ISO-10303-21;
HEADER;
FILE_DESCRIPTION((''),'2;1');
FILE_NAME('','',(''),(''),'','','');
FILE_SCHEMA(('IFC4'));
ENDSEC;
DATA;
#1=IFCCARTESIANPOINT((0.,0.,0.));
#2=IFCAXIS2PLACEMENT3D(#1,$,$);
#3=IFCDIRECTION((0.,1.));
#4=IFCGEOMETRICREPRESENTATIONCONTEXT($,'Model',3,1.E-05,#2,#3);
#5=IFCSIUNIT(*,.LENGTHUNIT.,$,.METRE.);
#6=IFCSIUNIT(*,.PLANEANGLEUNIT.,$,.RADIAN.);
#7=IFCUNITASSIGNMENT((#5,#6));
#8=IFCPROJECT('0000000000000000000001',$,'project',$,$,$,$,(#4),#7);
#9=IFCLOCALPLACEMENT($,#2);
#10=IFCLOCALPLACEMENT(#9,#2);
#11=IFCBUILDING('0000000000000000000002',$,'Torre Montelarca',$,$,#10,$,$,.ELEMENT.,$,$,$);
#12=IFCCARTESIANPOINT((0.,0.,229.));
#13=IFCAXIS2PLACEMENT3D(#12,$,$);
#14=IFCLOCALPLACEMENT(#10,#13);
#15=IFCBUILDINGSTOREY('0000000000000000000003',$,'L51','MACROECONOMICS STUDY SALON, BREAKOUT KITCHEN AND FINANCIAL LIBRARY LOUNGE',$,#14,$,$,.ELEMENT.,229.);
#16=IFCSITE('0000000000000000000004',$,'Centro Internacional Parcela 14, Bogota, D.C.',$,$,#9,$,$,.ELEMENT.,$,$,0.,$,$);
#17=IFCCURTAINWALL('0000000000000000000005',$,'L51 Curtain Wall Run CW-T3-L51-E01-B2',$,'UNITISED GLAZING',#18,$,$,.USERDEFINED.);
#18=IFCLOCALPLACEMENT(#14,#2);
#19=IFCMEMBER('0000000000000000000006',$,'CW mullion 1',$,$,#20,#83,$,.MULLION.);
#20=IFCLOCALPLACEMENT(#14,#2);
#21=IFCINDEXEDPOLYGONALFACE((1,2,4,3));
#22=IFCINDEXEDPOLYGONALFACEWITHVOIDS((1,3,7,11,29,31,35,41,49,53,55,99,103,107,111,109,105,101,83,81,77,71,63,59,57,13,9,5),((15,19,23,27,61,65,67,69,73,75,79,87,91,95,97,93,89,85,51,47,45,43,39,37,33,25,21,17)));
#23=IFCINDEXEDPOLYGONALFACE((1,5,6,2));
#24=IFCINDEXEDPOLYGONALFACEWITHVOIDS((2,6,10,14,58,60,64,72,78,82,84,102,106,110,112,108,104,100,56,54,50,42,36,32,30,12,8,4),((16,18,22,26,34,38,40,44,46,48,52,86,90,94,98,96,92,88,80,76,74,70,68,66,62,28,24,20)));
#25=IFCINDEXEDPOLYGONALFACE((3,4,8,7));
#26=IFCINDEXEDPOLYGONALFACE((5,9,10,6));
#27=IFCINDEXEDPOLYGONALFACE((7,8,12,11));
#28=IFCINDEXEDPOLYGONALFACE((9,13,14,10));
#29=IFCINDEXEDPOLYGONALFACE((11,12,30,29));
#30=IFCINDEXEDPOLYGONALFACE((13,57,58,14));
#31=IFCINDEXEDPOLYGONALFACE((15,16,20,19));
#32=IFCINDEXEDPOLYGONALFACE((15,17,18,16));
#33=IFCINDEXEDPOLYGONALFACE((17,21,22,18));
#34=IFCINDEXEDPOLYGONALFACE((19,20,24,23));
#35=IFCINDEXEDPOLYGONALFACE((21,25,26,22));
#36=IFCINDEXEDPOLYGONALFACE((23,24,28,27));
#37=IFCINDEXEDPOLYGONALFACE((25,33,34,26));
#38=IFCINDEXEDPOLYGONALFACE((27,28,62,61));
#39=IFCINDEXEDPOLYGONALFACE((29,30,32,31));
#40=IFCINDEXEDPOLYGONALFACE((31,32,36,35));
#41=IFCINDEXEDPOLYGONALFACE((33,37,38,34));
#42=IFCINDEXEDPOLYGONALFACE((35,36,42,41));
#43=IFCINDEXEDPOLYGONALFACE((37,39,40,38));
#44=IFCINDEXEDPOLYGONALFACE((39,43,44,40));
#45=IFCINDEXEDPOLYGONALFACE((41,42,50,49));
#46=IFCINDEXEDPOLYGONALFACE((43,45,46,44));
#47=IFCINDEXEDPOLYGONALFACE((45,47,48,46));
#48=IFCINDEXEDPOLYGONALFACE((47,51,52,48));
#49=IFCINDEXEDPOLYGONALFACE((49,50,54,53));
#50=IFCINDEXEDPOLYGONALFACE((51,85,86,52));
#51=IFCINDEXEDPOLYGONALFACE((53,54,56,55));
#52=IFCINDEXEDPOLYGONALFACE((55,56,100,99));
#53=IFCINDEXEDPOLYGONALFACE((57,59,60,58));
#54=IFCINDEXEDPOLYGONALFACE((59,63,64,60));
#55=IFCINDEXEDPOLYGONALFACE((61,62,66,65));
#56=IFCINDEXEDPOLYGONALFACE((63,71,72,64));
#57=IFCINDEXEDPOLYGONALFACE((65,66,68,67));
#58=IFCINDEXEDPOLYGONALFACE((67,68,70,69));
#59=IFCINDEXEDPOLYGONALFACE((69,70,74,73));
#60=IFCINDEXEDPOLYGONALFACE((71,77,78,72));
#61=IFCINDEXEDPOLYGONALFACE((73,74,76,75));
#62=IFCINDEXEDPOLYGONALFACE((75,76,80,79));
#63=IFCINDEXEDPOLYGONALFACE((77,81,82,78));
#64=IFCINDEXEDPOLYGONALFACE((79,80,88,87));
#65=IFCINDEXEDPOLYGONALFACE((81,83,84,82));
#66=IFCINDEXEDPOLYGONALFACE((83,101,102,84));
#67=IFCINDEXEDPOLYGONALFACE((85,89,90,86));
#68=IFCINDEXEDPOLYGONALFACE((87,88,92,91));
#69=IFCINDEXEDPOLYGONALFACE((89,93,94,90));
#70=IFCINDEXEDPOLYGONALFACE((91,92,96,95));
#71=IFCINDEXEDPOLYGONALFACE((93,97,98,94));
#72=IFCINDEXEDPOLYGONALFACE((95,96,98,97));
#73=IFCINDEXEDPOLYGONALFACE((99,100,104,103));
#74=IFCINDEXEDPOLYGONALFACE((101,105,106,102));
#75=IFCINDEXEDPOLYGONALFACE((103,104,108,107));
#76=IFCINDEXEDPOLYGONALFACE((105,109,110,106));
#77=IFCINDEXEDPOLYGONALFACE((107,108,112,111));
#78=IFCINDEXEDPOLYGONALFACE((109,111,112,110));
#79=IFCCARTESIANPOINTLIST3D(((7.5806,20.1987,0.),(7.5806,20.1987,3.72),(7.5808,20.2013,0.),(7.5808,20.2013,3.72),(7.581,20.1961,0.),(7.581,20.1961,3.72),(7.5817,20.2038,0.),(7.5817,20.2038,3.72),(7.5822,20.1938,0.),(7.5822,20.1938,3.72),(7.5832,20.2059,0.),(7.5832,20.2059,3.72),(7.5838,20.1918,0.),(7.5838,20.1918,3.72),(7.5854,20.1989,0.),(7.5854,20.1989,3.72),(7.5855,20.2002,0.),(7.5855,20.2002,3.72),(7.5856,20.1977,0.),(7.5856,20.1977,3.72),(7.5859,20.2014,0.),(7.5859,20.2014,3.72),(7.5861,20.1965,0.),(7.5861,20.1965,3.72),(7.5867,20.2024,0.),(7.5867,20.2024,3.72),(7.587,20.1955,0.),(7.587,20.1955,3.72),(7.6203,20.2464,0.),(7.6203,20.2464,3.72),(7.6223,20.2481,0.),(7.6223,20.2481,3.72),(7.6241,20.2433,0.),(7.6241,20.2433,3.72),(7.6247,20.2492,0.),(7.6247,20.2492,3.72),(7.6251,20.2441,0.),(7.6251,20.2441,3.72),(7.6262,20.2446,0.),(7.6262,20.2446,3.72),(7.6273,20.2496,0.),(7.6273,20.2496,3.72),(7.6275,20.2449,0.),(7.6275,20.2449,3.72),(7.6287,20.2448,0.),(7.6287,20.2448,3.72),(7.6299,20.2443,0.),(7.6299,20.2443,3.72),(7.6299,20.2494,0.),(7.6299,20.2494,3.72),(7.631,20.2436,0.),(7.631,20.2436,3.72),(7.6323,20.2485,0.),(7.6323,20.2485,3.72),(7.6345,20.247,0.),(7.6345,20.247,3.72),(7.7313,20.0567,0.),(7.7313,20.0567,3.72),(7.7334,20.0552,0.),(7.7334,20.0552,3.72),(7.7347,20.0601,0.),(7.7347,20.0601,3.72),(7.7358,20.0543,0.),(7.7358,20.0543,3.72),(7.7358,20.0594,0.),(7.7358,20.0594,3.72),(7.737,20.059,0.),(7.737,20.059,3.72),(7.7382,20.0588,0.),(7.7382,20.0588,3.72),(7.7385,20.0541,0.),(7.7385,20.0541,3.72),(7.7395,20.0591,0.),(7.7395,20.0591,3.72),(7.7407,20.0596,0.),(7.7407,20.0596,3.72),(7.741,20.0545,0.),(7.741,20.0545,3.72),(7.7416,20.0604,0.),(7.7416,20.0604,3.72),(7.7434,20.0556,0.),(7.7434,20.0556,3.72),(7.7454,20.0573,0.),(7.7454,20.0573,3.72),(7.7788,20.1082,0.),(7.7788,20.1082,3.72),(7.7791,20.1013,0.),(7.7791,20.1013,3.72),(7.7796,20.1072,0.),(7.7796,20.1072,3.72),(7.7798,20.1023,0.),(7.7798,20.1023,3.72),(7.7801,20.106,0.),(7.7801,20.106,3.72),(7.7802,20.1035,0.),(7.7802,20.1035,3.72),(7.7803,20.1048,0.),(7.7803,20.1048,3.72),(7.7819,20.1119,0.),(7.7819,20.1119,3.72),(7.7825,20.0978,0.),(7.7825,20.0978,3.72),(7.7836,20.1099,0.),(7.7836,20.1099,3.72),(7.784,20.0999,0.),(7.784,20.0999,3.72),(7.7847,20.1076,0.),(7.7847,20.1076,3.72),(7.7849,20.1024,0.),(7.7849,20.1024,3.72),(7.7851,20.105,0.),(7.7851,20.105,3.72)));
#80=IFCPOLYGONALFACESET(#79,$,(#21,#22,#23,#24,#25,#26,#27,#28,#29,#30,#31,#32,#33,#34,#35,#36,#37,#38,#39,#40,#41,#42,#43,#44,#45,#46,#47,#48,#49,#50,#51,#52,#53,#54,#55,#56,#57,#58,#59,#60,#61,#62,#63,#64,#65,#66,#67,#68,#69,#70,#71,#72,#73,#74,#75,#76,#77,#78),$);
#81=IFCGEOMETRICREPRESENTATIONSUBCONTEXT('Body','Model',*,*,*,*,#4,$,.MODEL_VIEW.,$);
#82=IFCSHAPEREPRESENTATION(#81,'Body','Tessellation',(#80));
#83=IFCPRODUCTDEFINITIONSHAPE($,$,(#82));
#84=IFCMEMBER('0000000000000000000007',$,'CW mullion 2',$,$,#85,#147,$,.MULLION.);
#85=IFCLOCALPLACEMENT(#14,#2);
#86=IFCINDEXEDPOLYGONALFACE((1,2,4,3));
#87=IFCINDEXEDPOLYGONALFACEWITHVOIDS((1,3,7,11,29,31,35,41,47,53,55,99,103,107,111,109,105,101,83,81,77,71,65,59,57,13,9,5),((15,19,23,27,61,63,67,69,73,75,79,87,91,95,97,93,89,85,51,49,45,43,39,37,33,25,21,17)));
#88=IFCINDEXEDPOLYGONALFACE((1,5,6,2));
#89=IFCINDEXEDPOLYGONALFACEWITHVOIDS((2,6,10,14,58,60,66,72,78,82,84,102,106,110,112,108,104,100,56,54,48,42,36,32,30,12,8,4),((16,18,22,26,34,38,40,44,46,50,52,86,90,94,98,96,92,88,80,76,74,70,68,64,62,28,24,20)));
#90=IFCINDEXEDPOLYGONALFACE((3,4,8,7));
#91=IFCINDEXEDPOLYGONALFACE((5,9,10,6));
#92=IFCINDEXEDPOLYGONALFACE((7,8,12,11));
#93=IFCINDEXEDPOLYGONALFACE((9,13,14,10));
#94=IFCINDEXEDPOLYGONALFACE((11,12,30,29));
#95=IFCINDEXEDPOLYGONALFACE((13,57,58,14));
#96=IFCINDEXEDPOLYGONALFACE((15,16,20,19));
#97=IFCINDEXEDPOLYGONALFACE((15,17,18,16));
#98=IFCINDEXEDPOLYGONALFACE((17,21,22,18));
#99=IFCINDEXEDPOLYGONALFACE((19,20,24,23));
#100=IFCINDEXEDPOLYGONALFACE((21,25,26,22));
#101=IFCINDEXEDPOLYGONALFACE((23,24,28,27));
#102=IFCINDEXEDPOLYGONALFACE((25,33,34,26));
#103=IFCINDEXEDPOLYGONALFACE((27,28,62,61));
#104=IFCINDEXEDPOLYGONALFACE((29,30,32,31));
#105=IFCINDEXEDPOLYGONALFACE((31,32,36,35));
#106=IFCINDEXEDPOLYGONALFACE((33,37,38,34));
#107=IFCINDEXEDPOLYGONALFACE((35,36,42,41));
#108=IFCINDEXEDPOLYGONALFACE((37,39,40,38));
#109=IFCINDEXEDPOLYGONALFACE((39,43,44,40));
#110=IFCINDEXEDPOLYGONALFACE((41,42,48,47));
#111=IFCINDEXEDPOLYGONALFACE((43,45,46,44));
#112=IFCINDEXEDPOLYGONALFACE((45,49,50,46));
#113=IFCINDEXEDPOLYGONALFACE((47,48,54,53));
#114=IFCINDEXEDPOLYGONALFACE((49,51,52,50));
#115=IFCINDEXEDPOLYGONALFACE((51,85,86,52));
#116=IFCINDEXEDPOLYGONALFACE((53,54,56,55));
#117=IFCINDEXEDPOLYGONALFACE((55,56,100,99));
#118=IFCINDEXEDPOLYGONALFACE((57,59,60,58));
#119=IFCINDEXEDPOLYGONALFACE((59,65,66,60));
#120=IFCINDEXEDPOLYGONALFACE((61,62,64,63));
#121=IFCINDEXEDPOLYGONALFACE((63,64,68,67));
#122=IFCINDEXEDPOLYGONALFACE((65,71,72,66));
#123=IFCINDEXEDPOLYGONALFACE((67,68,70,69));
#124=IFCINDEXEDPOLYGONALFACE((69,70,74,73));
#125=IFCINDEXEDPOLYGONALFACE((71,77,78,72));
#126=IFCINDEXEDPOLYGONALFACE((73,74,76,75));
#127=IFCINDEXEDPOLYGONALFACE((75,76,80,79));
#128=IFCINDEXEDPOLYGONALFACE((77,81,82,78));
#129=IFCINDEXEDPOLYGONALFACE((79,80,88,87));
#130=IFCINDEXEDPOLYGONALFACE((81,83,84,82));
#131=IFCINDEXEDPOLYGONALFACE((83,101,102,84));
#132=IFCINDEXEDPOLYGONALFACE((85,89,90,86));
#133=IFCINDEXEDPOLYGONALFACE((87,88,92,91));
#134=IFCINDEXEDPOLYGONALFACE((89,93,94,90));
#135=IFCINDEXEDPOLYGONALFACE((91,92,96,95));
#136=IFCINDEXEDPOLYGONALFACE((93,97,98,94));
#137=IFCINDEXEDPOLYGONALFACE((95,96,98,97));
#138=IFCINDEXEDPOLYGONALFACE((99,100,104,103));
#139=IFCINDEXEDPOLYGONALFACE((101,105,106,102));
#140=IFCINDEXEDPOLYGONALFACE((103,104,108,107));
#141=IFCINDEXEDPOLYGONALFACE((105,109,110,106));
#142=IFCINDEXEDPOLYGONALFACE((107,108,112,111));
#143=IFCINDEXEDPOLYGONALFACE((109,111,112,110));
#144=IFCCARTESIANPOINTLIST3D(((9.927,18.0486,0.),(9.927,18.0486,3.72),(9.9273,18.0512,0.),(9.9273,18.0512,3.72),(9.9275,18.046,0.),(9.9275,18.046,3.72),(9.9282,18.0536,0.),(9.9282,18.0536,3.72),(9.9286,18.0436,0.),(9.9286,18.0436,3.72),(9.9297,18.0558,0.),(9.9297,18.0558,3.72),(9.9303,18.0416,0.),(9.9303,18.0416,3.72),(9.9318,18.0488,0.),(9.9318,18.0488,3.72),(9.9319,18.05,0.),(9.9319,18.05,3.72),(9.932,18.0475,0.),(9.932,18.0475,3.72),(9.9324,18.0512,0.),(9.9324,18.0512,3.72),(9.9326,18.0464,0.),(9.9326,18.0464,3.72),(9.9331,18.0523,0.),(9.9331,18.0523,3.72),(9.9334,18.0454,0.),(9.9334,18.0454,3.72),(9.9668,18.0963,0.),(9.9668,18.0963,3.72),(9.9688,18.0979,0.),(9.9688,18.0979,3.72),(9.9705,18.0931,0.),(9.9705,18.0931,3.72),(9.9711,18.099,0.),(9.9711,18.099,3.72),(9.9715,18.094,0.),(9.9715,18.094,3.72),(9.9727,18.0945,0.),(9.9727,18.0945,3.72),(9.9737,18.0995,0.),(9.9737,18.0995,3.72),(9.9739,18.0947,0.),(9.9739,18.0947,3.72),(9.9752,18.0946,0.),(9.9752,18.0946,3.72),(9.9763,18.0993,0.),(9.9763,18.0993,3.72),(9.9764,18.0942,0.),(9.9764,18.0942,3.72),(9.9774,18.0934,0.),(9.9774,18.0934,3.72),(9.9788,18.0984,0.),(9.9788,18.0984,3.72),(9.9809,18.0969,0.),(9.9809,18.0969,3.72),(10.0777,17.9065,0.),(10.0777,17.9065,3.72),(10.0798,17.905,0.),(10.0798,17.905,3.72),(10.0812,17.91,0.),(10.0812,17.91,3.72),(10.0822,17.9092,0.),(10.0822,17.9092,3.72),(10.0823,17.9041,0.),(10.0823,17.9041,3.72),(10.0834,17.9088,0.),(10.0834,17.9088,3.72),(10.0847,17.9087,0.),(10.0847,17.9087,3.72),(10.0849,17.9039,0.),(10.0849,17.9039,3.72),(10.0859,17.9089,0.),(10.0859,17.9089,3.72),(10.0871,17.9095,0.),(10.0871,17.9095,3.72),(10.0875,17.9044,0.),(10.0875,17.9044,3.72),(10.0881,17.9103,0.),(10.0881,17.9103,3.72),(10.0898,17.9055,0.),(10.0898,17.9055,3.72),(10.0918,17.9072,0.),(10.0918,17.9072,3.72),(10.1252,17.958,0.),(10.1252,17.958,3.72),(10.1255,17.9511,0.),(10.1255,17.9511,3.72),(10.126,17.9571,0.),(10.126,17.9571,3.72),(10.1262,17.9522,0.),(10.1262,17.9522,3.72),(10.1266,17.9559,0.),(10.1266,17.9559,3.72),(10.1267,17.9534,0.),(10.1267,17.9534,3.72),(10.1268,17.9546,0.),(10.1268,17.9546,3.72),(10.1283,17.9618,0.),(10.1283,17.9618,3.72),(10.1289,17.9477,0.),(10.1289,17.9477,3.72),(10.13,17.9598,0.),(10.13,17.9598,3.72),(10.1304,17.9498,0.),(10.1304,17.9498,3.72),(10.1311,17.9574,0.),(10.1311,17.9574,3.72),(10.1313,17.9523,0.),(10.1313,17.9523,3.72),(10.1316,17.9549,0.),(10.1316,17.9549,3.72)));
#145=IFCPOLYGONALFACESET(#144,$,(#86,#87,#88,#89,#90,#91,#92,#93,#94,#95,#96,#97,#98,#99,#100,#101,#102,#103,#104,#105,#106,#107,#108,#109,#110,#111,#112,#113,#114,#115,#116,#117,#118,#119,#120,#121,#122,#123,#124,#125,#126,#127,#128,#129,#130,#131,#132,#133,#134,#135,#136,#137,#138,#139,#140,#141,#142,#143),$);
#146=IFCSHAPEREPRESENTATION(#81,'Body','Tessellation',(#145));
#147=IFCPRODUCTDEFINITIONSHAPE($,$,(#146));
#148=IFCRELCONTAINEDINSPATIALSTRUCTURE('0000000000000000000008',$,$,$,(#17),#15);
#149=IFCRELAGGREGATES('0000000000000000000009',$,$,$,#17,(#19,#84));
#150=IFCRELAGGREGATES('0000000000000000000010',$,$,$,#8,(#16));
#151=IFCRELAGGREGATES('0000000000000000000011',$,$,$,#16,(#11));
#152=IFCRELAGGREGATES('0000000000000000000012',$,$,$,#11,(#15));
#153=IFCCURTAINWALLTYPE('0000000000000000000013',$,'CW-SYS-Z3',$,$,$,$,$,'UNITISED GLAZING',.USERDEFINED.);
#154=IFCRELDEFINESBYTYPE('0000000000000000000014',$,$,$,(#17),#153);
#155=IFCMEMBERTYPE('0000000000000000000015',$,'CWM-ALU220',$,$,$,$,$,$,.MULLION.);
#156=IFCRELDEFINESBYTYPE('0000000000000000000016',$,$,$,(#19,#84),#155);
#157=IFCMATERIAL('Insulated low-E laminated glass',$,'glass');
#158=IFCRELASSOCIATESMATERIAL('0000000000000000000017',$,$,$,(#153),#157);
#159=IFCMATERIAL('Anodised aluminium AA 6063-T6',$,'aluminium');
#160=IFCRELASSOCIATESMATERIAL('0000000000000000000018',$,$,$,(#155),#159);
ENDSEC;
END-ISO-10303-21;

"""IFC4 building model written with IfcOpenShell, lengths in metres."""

from ifc_helpers import new_model, si_unit, direction, frame, origin, origin_2d, place, context, subcontext, project, spatial, hollow_rectangle, extrude, source, transform, mapped, material, material_profile, profile_set, type_object, element, aggregate, save


model = new_model("IFC4")

# Units and contexts
model_context = context("Model", 3, precision=1e-05, world=origin(), true_north=direction((0.0, 1.0)))
body_context = subcontext(model_context, "Body", "Model", "MODEL_VIEW")
ifc_project = project(units=[si_unit("LENGTHUNIT", "METRE"), si_unit("PLANEANGLEUNIT", "RADIAN")], contexts=[model_context])

# Site, building, storey
site_placement = place(None, origin())
site = spatial("IfcSite", under=ifc_project, at=site_placement, Name="Centro Internacional Parcela 14, Bogota, D.C.", CompositionType="ELEMENT", RefElevation=0.0)
building_placement = place(site_placement, origin())
building = spatial("IfcBuilding", under=site, at=building_placement, Name="Torre Montelarca", CompositionType="ELEMENT")
storey_placement = place(building_placement, frame((0.0, 0.0, 229.0)))
storey = spatial("IfcBuildingStorey", under=building, at=storey_placement, Name="L51", Description="MACROECONOMICS STUDY SALON, BREAKOUT KITCHEN AND FINANCIAL LIBRARY LOUNGE", CompositionType="ELEMENT", Elevation=229.0)

# Curtain wall, members
ifc_material_1 = material(Name="Insulated low-E laminated glass", Category="glass")
curtain_wall_type = type_object("IfcCurtainWallType", Name="CW-SYS-Z3", ElementType="UNITISED GLAZING", PredefinedType="USERDEFINED", material=ifc_material_1)
ifc_material_2 = material(Name="Anodised aluminium AA 6063-T6", Category="aluminium")
curtain_wall_1_placement = place(storey_placement, origin())
curtain_wall_1 = element("IfcCurtainWall", 1, at=curtain_wall_1_placement, inside=storey, type_object=curtain_wall_type, Name="L51 Curtain Wall Run CW-T3-L51-E01-B2", ObjectType="UNITISED GLAZING", PredefinedType="USERDEFINED")
ifc_material_profile_1 = material_profile(ifc_material_2, hollow_rectangle(XDim=0.075, YDim=0.22, WallThickness=0.0049, InnerFilletRadius=0.0049, OuterFilletRadius=0.01, at=origin_2d()), Name="ALU75X220X5", Category="aluminium")
ifc_profile_set_1 = profile_set([ifc_material_profile_1], Name="Anodised aluminium AA 6063-T6")
member_type_1 = type_object("IfcMemberType", Name="CWM-ALU220", PredefinedType="MULLION", material=ifc_profile_set_1)
shared_shape_1 = source(origin(), body_context, "Body", "SweptSolid", [
    extrude(hollow_rectangle(XDim=0.075, YDim=0.22, WallThickness=0.0049, InnerFilletRadius=0.0049, OuterFilletRadius=0.01, at=origin_2d()), origin(), (0.0, 0.0, 1.0), 3.72),
])
member_1_placement = place(storey_placement, frame((7.6829, 20.1519, 0.0), z_axis=(0.0, 0.0, 1.0), x_axis=(0.675588, 0.73728, 0.0)))
member_1 = element("IfcMember", 2, at=member_1_placement, type_object=member_type_1, Name="CW mullion 1", PredefinedType="MULLION", context=body_context, shape_type="MappedRepresentation", body=[
    mapped(shared_shape_1, transform((0.0, 0.0, 0.0), scale=1.0)),
])
member_2_placement = place(storey_placement, frame((10.0293, 18.0017, 0.0), z_axis=(0.0, 0.0, 1.0), x_axis=(0.675588, 0.73728, 0.0)))
member_2 = element("IfcMember", 3, at=member_2_placement, type_object=member_type_1, Name="CW mullion 2", PredefinedType="MULLION", context=body_context, shape_type="MappedRepresentation", body=[
    mapped(shared_shape_1, transform((0.0, 0.0, 0.0), scale=1.0)),
])

aggregate(curtain_wall_1, [member_1, member_2])

save(model, "model.ifc")
